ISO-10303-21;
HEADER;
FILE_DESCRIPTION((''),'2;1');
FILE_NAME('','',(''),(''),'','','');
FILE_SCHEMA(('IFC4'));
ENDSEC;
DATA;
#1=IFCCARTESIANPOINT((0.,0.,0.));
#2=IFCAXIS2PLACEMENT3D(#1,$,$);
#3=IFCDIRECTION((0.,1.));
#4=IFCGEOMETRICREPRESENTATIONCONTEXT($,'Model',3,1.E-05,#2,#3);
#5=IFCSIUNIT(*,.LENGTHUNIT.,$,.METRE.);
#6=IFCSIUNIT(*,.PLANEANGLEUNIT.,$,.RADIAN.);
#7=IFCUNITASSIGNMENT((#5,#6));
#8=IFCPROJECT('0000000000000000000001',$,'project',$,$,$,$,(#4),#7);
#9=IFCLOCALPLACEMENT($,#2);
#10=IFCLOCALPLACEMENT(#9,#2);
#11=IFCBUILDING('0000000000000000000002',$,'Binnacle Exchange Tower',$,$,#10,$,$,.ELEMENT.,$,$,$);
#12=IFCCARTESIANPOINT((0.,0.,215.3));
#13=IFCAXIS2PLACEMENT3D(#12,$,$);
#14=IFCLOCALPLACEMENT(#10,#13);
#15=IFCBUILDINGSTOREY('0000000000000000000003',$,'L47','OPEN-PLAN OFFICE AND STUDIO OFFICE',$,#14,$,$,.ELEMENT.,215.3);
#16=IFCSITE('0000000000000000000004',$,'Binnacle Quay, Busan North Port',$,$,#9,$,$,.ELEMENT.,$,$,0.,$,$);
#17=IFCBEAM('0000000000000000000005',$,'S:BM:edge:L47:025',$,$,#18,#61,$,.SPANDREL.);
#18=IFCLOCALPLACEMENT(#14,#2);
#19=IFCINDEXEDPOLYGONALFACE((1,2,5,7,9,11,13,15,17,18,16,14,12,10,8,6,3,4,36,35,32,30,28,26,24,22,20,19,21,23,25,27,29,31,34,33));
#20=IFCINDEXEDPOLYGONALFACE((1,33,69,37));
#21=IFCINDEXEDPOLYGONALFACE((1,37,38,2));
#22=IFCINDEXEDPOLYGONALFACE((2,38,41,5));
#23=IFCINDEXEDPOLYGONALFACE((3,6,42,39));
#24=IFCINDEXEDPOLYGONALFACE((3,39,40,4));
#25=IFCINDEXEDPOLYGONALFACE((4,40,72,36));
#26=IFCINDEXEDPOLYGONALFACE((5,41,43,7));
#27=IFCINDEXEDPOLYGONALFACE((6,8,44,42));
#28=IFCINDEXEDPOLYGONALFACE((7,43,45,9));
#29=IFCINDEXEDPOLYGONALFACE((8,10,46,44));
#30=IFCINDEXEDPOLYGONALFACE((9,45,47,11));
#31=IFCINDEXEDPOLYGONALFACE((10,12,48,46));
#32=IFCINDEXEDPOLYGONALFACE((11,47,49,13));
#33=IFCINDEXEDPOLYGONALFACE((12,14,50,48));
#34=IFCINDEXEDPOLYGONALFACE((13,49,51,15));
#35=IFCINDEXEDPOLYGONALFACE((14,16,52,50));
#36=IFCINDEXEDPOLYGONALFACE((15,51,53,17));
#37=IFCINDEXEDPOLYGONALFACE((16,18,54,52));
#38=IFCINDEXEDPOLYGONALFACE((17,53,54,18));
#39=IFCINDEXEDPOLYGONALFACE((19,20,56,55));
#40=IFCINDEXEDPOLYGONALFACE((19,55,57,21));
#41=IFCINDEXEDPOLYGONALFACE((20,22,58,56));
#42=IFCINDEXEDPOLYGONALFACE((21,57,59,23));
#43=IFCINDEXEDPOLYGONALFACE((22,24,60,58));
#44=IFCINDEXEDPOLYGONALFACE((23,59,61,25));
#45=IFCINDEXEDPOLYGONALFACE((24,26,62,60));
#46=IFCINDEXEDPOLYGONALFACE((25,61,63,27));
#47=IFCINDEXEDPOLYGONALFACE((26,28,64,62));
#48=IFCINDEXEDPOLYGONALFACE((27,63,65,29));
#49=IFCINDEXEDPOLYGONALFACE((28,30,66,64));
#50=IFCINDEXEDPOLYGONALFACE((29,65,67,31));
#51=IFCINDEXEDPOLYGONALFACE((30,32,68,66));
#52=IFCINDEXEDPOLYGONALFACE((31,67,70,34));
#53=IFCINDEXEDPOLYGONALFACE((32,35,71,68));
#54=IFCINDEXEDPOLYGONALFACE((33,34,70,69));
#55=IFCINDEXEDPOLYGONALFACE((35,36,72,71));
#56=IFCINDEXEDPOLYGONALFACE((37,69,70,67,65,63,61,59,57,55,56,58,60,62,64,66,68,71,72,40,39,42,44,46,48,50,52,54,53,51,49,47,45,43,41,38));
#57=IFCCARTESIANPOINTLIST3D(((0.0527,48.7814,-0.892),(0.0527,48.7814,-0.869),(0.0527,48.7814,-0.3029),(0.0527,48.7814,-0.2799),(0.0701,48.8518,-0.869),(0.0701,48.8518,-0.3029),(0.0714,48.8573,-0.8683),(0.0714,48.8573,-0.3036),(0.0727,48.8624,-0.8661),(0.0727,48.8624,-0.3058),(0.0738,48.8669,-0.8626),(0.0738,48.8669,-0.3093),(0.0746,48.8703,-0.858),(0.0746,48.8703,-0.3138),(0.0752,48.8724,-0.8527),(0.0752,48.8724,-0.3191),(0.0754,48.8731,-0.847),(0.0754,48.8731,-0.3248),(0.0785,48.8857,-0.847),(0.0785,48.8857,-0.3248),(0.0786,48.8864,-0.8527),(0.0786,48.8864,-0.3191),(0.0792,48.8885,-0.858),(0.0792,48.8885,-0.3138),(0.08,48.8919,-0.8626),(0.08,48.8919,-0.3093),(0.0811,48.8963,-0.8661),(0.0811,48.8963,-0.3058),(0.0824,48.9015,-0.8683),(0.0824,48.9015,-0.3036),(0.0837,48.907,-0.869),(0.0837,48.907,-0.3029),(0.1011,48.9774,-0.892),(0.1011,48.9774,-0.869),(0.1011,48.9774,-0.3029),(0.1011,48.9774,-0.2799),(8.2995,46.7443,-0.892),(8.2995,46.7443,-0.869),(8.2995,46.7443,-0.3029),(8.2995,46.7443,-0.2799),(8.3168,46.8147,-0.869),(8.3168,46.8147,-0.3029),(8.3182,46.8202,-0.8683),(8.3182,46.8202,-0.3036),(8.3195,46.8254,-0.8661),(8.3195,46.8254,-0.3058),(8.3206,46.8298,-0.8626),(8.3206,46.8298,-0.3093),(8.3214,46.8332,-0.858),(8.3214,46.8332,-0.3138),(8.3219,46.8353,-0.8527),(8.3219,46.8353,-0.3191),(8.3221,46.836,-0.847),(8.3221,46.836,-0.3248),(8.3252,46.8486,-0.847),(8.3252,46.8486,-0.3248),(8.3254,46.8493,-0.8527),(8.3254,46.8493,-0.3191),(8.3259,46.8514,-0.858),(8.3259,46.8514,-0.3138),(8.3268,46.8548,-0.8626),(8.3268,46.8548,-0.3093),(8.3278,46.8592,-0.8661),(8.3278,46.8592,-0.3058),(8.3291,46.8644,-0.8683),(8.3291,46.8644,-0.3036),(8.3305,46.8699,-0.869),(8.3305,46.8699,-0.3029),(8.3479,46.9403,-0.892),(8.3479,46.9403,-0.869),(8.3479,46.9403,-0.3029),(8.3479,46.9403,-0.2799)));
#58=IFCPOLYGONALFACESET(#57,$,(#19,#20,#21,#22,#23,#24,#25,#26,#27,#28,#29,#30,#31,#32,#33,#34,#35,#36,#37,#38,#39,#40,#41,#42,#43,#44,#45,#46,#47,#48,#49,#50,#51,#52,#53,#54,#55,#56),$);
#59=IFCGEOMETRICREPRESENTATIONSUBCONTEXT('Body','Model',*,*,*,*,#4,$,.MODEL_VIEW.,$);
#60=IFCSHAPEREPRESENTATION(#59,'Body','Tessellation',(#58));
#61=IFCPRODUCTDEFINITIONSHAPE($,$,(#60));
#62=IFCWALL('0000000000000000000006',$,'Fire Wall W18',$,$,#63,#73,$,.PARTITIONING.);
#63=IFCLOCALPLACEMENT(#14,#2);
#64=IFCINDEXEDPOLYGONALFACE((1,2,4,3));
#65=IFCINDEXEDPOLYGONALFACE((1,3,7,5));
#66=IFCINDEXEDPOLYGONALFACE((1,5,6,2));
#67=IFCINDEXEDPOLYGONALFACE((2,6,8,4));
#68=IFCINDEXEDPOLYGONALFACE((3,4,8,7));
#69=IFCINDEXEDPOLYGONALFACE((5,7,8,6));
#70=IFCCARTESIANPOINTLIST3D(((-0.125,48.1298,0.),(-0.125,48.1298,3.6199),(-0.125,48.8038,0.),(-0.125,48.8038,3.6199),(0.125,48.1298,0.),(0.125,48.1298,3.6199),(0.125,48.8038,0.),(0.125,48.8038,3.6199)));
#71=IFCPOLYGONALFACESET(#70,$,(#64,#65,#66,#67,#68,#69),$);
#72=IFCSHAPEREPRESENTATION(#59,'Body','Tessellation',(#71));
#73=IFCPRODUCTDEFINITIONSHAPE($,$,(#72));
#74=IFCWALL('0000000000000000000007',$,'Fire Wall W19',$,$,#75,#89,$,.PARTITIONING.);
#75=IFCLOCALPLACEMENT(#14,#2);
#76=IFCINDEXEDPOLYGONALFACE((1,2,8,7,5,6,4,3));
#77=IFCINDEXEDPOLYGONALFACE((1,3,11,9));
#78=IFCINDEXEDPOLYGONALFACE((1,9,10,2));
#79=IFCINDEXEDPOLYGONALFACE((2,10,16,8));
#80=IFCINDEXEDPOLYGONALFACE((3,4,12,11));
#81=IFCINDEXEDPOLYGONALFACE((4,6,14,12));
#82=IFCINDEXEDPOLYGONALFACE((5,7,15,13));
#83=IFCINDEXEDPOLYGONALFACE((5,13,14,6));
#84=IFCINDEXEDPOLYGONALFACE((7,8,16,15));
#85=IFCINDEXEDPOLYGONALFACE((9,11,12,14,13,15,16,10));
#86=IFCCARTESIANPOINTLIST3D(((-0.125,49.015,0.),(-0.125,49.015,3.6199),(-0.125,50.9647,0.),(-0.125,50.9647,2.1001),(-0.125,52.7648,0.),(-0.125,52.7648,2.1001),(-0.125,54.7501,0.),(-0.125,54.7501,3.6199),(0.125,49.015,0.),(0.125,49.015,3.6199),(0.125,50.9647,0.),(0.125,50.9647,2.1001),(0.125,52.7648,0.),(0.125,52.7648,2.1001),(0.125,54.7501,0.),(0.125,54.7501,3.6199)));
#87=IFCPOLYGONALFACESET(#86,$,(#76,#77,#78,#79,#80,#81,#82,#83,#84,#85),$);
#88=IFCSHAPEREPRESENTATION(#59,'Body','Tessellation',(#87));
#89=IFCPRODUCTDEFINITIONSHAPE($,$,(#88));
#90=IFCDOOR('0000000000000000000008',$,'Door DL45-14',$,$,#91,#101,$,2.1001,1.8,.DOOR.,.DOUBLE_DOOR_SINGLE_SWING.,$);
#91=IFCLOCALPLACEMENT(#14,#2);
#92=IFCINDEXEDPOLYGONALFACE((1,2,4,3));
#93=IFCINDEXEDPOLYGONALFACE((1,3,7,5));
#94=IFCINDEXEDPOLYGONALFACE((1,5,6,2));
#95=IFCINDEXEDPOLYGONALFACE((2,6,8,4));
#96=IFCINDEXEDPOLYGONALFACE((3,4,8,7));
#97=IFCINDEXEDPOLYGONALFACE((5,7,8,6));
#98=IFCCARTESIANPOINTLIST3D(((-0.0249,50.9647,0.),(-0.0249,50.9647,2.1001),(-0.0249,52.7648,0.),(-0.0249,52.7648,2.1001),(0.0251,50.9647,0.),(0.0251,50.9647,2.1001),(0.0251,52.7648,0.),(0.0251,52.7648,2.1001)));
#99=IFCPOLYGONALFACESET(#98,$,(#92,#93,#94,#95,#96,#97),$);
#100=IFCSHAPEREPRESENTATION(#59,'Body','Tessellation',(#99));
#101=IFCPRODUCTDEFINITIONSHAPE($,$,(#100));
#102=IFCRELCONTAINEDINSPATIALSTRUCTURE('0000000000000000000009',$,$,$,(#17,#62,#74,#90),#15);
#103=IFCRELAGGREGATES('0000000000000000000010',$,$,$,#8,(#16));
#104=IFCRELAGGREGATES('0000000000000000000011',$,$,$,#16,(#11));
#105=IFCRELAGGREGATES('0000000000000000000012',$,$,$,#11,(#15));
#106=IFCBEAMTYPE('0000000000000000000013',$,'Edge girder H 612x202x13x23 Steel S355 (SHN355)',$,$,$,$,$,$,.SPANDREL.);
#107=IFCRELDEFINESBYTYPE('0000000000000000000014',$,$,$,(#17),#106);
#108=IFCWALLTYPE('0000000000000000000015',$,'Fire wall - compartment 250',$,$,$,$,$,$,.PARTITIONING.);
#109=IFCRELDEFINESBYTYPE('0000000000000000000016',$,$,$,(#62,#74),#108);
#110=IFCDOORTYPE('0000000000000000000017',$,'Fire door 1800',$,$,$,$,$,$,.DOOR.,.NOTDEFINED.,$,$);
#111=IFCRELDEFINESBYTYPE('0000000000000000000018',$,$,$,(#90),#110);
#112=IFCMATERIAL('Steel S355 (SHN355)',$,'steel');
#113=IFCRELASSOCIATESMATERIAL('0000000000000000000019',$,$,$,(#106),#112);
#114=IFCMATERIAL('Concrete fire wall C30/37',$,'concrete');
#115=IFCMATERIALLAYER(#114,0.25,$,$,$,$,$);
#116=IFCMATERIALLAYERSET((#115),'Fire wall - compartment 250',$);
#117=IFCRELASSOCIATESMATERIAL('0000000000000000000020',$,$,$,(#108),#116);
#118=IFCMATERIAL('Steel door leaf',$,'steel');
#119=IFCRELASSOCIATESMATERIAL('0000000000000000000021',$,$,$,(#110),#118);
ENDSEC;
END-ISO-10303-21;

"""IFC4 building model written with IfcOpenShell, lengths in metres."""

from ifc_helpers import new_model, si_unit, direction, frame, frame_2d, origin, origin_2d, place, context, subcontext, project, spatial, rectangle, i_section, extrude, material, layer, layer_set, material_profile, profile_set, type_object, element, fill, save


model = new_model("IFC4")

# Units and contexts
model_context = context("Model", 3, precision=1e-05, world=origin(), true_north=direction((0.0, 1.0)))
body_context = subcontext(model_context, "Body", "Model", "MODEL_VIEW")
ifc_project = project(units=[si_unit("LENGTHUNIT", "METRE"), si_unit("PLANEANGLEUNIT", "RADIAN")], contexts=[model_context])

# Site, building, storey
site_placement = place(None, origin())
site = spatial("IfcSite", under=ifc_project, at=site_placement, Name="Binnacle Quay, Busan North Port", CompositionType="ELEMENT", RefElevation=0.0)
building_placement = place(site_placement, origin())
building = spatial("IfcBuilding", under=site, at=building_placement, Name="Binnacle Exchange Tower", CompositionType="ELEMENT")
storey_placement = place(building_placement, frame((0.0, 0.0, 215.3)))
storey = spatial("IfcBuildingStorey", under=building, at=storey_placement, Name="L47", Description="OPEN-PLAN OFFICE AND STUDIO OFFICE", CompositionType="ELEMENT", Elevation=215.3)

# Beam
ifc_material_1 = material(Name="Steel S355 (SHN355)", Category="steel")
ifc_material_profile = material_profile(ifc_material_1, i_section(OverallWidth=0.2019, OverallDepth=0.6121, WebThickness=0.0129, FlangeThickness=0.0229, FilletRadius=0.022, at=origin_2d()), Name="H 612x202x13x23")
ifc_profile_set = profile_set([ifc_material_profile], Name="Steel S355 (SHN355)")
beam_type = type_object("IfcBeamType", Name="Edge girder H 612x202x13x23 Steel S355 (SHN355)", PredefinedType="SPANDREL", material=ifc_profile_set)
beam_placement = place(storey_placement, frame((0.0769, 48.8794, -0.5859), z_axis=(0.97082, -0.239809, 0.0), x_axis=(0.239809, 0.97082, 0.0)))
element("IfcBeam", 1, at=beam_placement, inside=storey, type_object=beam_type, Name="S:BM:edge:L47:025", PredefinedType="SPANDREL", context=body_context, shape_type="SweptSolid", body=[
    extrude(i_section(OverallWidth=0.2019, OverallDepth=0.6121, WebThickness=0.0129, FlangeThickness=0.0229, FilletRadius=0.022, at=origin_2d()), origin(), (0.0, 0.0, 1.0), 8.4946),
])

# Wall
ifc_material_2 = material(Name="Concrete fire wall C30/37", Category="concrete")
ifc_layer_1 = layer(ifc_material_2, 0.25)
ifc_layer_set_1 = layer_set([ifc_layer_1], Name="Fire wall - compartment 250")
wall_type_1 = type_object("IfcWallType", Name="Fire wall - compartment 250", PredefinedType="PARTITIONING", material=ifc_layer_set_1)
wall_1_placement = place(storey_placement, frame((0.0, 48.1299, 0.0), z_axis=(0.0, 0.0, 1.0), x_axis=(0.0, 1.0, 0.0)))
element("IfcWall", 2, at=wall_1_placement, inside=storey, type_object=wall_type_1, Name="Fire Wall W18", PredefinedType="PARTITIONING", context=body_context, shape_type="SweptSolid", body=[
    extrude(rectangle(XDim=0.6741, YDim=0.25, at=frame_2d((0.3369, 0.0))), origin(), (0.0, 0.0, 1.0), 3.6199),
])

# Wall, opening, door
wall_2_placement = place(storey_placement, frame((0.0, 49.0149, 0.0), z_axis=(0.0, 0.0, 1.0), x_axis=(0.0, 1.0, 0.0)))
wall_2 = element("IfcWall", 3, at=wall_2_placement, inside=storey, type_object=wall_type_1, Name="Fire Wall W19", PredefinedType="PARTITIONING", context=body_context, shape_type="SweptSolid", body=[
    extrude(rectangle(XDim=5.7351, YDim=0.25, at=frame_2d((2.8677, 0.0))), origin(), (0.0, 0.0, 1.0), 3.6199),
])
opening_1_placement = place(wall_2_placement, frame((1.95, 0.0, 0.0)))
opening_1 = element("IfcOpeningElement", 4, at=opening_1_placement, cuts=wall_2, PredefinedType="OPENING", context=body_context, shape_type="SweptSolid", body=[
    extrude(rectangle(XDim=1.8, YDim=2.1001, at=frame_2d((0.8999, 1.05))), frame((0.0, 0.135, 0.0), z_axis=(0.0, -1.0, 0.0), x_axis=(1.0, 0.0, 0.0)), (0.0, 0.0, 1.0), 0.27),
])
ifc_material_3 = material(Name="Steel door leaf", Category="steel")
door_type_1 = type_object("IfcDoorType", Name="Fire door 1800", OperationType="NOTDEFINED", PredefinedType="DOOR", material=ifc_material_3)
door_1_placement = place(opening_1_placement, origin())
door_1 = element("IfcDoor", 5, at=door_1_placement, inside=storey, type_object=door_type_1, Name="Door DL45-14", OperationType="DOUBLE_DOOR_SINGLE_SWING", OverallHeight=2.1001, OverallWidth=1.8, PredefinedType="DOOR", context=body_context, shape_type="SweptSolid", body=[
    extrude(rectangle(XDim=1.8, YDim=2.1001, at=frame_2d((0.8999, 1.05))), frame((0.0, 0.0249, 0.0), z_axis=(0.0, -1.0, 0.0), x_axis=(1.0, 0.0, 0.0)), (0.0, 0.0, 1.0), 0.05),
])
fill(opening_1, door_1)

save(model, "model.ifc")
